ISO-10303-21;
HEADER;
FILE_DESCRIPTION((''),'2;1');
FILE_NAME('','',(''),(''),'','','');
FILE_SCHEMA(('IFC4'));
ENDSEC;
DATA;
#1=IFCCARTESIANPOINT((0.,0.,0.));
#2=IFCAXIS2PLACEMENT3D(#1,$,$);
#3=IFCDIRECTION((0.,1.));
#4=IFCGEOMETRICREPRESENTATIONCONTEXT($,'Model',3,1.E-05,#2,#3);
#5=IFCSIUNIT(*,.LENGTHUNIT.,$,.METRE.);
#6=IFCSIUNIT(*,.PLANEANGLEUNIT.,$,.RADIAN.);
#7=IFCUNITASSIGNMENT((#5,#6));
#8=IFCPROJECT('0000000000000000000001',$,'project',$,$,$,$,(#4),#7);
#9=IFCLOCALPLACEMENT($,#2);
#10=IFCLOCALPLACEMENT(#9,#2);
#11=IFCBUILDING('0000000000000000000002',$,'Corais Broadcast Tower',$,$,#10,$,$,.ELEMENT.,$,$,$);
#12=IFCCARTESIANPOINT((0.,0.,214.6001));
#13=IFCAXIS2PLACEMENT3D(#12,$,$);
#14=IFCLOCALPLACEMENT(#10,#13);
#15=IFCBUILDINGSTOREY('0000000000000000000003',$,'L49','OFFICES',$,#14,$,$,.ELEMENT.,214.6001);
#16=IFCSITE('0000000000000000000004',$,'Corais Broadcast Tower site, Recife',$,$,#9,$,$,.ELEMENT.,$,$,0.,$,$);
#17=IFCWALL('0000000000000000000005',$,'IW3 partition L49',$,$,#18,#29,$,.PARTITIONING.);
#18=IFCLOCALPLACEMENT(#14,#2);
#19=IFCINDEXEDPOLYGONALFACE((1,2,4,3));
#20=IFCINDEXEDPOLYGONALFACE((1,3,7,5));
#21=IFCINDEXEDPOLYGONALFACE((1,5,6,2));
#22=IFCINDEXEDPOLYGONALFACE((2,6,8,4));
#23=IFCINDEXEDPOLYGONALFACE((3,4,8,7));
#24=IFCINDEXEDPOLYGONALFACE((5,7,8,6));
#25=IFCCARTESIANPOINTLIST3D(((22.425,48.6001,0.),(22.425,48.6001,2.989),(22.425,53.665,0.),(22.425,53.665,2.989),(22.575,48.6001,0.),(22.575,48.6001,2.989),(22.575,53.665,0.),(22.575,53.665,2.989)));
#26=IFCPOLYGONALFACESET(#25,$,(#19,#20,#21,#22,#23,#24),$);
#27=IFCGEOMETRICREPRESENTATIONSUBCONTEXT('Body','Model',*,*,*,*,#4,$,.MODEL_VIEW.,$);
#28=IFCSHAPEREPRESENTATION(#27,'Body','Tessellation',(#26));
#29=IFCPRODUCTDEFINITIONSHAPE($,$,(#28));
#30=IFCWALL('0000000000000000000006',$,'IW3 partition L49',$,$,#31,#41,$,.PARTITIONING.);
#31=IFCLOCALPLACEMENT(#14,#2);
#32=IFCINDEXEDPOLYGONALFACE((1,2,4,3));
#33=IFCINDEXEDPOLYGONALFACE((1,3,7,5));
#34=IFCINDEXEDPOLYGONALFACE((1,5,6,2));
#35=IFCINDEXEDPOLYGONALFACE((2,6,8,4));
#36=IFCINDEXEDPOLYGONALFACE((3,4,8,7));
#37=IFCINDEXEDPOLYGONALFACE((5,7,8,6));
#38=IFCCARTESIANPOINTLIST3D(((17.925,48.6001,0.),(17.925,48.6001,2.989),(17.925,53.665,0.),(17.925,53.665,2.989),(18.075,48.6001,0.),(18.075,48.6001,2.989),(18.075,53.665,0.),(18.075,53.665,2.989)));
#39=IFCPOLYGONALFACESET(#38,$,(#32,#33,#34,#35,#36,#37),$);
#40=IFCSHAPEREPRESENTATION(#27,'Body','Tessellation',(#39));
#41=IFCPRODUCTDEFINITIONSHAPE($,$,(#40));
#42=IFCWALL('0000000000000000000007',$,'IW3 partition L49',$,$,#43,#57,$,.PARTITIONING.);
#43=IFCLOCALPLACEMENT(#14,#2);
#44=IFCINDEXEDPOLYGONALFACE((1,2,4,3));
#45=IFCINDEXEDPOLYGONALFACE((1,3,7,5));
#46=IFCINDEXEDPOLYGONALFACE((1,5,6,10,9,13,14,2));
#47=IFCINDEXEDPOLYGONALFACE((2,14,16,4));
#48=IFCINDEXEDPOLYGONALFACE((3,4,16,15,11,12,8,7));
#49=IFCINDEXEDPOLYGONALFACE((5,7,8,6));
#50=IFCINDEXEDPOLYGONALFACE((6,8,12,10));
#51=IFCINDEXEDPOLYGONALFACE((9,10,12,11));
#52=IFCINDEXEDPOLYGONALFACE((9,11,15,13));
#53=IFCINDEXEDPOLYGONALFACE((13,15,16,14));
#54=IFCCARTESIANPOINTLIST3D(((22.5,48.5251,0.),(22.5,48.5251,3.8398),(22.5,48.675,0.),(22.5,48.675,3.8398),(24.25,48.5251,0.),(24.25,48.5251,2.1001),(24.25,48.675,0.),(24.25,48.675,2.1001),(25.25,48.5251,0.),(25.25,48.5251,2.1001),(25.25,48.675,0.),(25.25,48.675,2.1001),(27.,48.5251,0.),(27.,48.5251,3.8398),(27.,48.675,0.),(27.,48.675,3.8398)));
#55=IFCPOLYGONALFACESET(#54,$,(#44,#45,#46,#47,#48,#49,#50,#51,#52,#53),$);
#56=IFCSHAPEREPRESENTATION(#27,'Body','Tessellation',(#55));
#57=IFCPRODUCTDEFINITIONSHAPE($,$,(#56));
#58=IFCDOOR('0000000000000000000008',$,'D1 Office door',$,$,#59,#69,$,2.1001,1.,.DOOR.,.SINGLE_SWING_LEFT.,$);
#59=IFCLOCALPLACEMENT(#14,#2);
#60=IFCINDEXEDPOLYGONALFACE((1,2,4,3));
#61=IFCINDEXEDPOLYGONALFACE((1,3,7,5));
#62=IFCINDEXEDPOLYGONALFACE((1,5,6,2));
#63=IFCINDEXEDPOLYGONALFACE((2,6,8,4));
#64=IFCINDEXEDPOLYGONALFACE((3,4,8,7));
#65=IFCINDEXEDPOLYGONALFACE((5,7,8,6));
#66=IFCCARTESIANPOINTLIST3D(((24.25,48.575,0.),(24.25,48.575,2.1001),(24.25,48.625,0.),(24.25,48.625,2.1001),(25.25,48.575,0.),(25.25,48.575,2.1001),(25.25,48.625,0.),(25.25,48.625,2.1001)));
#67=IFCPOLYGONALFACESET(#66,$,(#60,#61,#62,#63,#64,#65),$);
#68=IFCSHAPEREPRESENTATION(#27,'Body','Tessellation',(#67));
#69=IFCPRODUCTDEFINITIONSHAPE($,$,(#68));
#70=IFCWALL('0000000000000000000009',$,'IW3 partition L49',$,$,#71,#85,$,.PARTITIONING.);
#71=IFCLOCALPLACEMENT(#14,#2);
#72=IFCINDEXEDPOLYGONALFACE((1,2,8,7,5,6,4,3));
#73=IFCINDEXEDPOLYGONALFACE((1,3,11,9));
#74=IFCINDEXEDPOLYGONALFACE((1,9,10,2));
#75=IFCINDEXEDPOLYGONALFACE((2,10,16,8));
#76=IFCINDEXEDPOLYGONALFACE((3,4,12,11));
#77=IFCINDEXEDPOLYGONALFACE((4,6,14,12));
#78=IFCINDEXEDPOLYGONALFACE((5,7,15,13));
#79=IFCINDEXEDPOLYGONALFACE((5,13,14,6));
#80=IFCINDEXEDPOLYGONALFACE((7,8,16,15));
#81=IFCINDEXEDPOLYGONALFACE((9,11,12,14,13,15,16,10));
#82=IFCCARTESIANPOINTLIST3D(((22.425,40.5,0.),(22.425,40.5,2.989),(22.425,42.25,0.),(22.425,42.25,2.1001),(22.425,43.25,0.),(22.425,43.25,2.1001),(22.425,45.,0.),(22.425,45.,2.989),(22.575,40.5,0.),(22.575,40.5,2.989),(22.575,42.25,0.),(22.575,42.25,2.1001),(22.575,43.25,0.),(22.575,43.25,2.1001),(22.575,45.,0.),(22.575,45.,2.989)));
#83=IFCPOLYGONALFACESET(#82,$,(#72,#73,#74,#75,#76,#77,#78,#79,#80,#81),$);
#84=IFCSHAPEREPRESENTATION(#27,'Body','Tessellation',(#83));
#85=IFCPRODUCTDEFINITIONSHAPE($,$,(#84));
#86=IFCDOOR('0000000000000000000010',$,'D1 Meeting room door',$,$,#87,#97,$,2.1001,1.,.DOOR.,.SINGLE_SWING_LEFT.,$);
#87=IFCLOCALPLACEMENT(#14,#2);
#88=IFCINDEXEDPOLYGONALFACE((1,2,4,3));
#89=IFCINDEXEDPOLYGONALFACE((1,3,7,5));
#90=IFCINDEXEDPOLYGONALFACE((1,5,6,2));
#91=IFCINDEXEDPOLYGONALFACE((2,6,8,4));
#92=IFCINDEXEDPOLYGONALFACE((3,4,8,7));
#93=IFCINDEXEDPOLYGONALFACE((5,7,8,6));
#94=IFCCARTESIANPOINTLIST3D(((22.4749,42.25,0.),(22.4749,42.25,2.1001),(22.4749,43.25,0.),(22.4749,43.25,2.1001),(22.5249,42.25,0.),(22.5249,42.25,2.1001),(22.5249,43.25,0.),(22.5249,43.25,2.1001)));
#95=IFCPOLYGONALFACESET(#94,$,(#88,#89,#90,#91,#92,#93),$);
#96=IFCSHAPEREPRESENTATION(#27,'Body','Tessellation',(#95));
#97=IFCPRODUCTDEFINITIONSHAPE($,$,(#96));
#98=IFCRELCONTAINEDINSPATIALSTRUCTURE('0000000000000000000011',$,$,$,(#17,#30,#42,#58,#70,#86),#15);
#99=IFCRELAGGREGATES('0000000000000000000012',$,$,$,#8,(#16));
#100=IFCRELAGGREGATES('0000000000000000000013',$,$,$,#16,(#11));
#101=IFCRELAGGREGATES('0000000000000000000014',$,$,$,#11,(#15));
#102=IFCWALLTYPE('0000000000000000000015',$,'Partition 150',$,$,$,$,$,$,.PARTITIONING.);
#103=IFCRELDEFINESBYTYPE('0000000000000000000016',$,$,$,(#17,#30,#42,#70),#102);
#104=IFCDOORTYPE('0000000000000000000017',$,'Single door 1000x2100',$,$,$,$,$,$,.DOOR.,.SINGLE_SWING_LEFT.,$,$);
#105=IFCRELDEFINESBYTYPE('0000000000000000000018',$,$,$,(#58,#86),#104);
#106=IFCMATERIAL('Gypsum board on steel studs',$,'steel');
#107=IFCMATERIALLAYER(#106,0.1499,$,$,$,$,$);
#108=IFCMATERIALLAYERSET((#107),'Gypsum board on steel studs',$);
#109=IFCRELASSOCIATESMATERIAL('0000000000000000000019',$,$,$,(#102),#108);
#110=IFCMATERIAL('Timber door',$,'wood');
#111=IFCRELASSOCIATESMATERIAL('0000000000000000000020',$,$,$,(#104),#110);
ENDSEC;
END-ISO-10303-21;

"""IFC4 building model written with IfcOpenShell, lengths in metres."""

from ifc_helpers import new_model, si_unit, direction, frame, frame_2d, origin, place, context, subcontext, project, spatial, rectangle, extrude, material, layer, layer_set, type_object, element, fill, save


model = new_model("IFC4")

# Units and contexts
model_context = context("Model", 3, precision=1e-05, world=origin(), true_north=direction((0.0, 1.0)))
body_context = subcontext(model_context, "Body", "Model", "MODEL_VIEW")
ifc_project = project(units=[si_unit("LENGTHUNIT", "METRE"), si_unit("PLANEANGLEUNIT", "RADIAN")], contexts=[model_context])

# Site, building, storey
site_placement = place(None, origin())
site = spatial("IfcSite", under=ifc_project, at=site_placement, Name="Corais Broadcast Tower site, Recife", CompositionType="ELEMENT", RefElevation=0.0)
building_placement = place(site_placement, origin())
building = spatial("IfcBuilding", under=site, at=building_placement, Name="Corais Broadcast Tower", CompositionType="ELEMENT")
storey_placement = place(building_placement, frame((0.0, 0.0, 214.6001)))
storey = spatial("IfcBuildingStorey", under=building, at=storey_placement, Name="L49", Description="OFFICES", CompositionType="ELEMENT", Elevation=214.6001)

# Shared definitions
ifc_material_1 = material(Name="Gypsum board on steel studs", Category="steel")
ifc_layer_1 = layer(ifc_material_1, 0.1499)
ifc_layer_set_1 = layer_set([ifc_layer_1], Name="Gypsum board on steel studs")
wall_type = type_object("IfcWallType", Name="Partition 150", PredefinedType="PARTITIONING", material=ifc_layer_set_1)

# Shared definitions
ifc_material_2 = material(Name="Timber door", Category="wood")
door_type = type_object("IfcDoorType", Name="Single door 1000x2100", OperationType="SINGLE_SWING_LEFT", PredefinedType="DOOR", material=ifc_material_2)

# Walls
for number, where, z_axis, x_axis, name in (
    (1, (22.5, 48.6001, 0.0), (0.0, 0.0, 1.0), (0.0, 1.0, 0.0), "IW3 partition L49"),
    (2, (18.0, 53.665, 0.0), (0.0, 0.0, 1.0), (0.0, -1.0, 0.0), "IW3 partition L49"),
):
    element("IfcWall", number, at=place(storey_placement, frame(where, z_axis=z_axis, x_axis=x_axis)), inside=storey, type_object=wall_type, Name=name, PredefinedType="PARTITIONING", context=body_context, shape_type="SweptSolid", body=[
        extrude(rectangle(XDim=5.0649, YDim=0.1499, at=frame_2d((2.5325, 0.0))), origin(), (0.0, 0.0, 1.0), 2.989),
    ])

# Walls, openings, doors
wall_1_placement = place(storey_placement, frame((22.5, 48.6001, 0.0), z_axis=(0.0, 0.0, 1.0), x_axis=(1.0, 0.0, 0.0)))
wall_1 = element("IfcWall", 3, at=wall_1_placement, inside=storey, type_object=wall_type, Name="IW3 partition L49", PredefinedType="PARTITIONING", context=body_context, shape_type="SweptSolid", body=[
    extrude(rectangle(XDim=4.5, YDim=0.1499, at=frame_2d((2.25, 0.0))), origin(), (0.0, 0.0, 1.0), 3.8398),
])
opening_1_placement = place(wall_1_placement, frame((1.75, 0.0, 0.0)))
opening_1 = element("IfcOpeningElement", 4, at=opening_1_placement, cuts=wall_1, PredefinedType="OPENING", context=body_context, shape_type="SweptSolid", body=[
    extrude(rectangle(XDim=1.0, YDim=2.1001, at=frame_2d((0.5, 1.05))), frame((0.0, 0.085, 0.0), z_axis=(0.0, -1.0, 0.0), x_axis=(1.0, 0.0, 0.0)), (0.0, 0.0, 1.0), 0.1699),
])
door_1_placement = place(opening_1_placement, origin())
door_1 = element("IfcDoor", 5, at=door_1_placement, inside=storey, type_object=door_type, Name="D1 Office door", OperationType="SINGLE_SWING_LEFT", OverallHeight=2.1001, OverallWidth=1.0, PredefinedType="DOOR", context=body_context, shape_type="SweptSolid", body=[
    extrude(rectangle(XDim=1.0, YDim=2.1001, at=frame_2d((0.5, 1.05))), frame((0.0, 0.0249, 0.0), z_axis=(0.0, -1.0, 0.0), x_axis=(1.0, 0.0, 0.0)), (0.0, 0.0, 1.0), 0.05),
])
fill(opening_1, door_1)
wall_2_placement = place(storey_placement, frame((22.5, 45.0, 0.0), z_axis=(0.0, 0.0, 1.0), x_axis=(0.0, -1.0, 0.0)))
wall_2 = element("IfcWall", 6, at=wall_2_placement, inside=storey, type_object=wall_type, Name="IW3 partition L49", PredefinedType="PARTITIONING", context=body_context, shape_type="SweptSolid", body=[
    extrude(rectangle(XDim=4.5, YDim=0.1499, at=frame_2d((2.25, 0.0))), origin(), (0.0, 0.0, 1.0), 2.989),
])
opening_2_placement = place(wall_2_placement, frame((1.75, 0.0, 0.0)))
opening_2 = element("IfcOpeningElement", 7, at=opening_2_placement, cuts=wall_2, PredefinedType="OPENING", context=body_context, shape_type="SweptSolid", body=[
    extrude(rectangle(XDim=1.0, YDim=2.1001, at=frame_2d((0.5, 1.05))), frame((0.0, 0.085, 0.0), z_axis=(0.0, -1.0, 0.0), x_axis=(1.0, 0.0, 0.0)), (0.0, 0.0, 1.0), 0.1699),
])
door_2_placement = place(opening_2_placement, origin())
door_2 = element("IfcDoor", 8, at=door_2_placement, inside=storey, type_object=door_type, Name="D1 Meeting room door", OperationType="SINGLE_SWING_LEFT", OverallHeight=2.1001, OverallWidth=1.0, PredefinedType="DOOR", context=body_context, shape_type="SweptSolid", body=[
    extrude(rectangle(XDim=1.0, YDim=2.1001, at=frame_2d((0.5, 1.05))), frame((0.0, 0.0249, 0.0), z_axis=(0.0, -1.0, 0.0), x_axis=(1.0, 0.0, 0.0)), (0.0, 0.0, 1.0), 0.05),
])
fill(opening_2, door_2)

save(model, "model.ifc")
